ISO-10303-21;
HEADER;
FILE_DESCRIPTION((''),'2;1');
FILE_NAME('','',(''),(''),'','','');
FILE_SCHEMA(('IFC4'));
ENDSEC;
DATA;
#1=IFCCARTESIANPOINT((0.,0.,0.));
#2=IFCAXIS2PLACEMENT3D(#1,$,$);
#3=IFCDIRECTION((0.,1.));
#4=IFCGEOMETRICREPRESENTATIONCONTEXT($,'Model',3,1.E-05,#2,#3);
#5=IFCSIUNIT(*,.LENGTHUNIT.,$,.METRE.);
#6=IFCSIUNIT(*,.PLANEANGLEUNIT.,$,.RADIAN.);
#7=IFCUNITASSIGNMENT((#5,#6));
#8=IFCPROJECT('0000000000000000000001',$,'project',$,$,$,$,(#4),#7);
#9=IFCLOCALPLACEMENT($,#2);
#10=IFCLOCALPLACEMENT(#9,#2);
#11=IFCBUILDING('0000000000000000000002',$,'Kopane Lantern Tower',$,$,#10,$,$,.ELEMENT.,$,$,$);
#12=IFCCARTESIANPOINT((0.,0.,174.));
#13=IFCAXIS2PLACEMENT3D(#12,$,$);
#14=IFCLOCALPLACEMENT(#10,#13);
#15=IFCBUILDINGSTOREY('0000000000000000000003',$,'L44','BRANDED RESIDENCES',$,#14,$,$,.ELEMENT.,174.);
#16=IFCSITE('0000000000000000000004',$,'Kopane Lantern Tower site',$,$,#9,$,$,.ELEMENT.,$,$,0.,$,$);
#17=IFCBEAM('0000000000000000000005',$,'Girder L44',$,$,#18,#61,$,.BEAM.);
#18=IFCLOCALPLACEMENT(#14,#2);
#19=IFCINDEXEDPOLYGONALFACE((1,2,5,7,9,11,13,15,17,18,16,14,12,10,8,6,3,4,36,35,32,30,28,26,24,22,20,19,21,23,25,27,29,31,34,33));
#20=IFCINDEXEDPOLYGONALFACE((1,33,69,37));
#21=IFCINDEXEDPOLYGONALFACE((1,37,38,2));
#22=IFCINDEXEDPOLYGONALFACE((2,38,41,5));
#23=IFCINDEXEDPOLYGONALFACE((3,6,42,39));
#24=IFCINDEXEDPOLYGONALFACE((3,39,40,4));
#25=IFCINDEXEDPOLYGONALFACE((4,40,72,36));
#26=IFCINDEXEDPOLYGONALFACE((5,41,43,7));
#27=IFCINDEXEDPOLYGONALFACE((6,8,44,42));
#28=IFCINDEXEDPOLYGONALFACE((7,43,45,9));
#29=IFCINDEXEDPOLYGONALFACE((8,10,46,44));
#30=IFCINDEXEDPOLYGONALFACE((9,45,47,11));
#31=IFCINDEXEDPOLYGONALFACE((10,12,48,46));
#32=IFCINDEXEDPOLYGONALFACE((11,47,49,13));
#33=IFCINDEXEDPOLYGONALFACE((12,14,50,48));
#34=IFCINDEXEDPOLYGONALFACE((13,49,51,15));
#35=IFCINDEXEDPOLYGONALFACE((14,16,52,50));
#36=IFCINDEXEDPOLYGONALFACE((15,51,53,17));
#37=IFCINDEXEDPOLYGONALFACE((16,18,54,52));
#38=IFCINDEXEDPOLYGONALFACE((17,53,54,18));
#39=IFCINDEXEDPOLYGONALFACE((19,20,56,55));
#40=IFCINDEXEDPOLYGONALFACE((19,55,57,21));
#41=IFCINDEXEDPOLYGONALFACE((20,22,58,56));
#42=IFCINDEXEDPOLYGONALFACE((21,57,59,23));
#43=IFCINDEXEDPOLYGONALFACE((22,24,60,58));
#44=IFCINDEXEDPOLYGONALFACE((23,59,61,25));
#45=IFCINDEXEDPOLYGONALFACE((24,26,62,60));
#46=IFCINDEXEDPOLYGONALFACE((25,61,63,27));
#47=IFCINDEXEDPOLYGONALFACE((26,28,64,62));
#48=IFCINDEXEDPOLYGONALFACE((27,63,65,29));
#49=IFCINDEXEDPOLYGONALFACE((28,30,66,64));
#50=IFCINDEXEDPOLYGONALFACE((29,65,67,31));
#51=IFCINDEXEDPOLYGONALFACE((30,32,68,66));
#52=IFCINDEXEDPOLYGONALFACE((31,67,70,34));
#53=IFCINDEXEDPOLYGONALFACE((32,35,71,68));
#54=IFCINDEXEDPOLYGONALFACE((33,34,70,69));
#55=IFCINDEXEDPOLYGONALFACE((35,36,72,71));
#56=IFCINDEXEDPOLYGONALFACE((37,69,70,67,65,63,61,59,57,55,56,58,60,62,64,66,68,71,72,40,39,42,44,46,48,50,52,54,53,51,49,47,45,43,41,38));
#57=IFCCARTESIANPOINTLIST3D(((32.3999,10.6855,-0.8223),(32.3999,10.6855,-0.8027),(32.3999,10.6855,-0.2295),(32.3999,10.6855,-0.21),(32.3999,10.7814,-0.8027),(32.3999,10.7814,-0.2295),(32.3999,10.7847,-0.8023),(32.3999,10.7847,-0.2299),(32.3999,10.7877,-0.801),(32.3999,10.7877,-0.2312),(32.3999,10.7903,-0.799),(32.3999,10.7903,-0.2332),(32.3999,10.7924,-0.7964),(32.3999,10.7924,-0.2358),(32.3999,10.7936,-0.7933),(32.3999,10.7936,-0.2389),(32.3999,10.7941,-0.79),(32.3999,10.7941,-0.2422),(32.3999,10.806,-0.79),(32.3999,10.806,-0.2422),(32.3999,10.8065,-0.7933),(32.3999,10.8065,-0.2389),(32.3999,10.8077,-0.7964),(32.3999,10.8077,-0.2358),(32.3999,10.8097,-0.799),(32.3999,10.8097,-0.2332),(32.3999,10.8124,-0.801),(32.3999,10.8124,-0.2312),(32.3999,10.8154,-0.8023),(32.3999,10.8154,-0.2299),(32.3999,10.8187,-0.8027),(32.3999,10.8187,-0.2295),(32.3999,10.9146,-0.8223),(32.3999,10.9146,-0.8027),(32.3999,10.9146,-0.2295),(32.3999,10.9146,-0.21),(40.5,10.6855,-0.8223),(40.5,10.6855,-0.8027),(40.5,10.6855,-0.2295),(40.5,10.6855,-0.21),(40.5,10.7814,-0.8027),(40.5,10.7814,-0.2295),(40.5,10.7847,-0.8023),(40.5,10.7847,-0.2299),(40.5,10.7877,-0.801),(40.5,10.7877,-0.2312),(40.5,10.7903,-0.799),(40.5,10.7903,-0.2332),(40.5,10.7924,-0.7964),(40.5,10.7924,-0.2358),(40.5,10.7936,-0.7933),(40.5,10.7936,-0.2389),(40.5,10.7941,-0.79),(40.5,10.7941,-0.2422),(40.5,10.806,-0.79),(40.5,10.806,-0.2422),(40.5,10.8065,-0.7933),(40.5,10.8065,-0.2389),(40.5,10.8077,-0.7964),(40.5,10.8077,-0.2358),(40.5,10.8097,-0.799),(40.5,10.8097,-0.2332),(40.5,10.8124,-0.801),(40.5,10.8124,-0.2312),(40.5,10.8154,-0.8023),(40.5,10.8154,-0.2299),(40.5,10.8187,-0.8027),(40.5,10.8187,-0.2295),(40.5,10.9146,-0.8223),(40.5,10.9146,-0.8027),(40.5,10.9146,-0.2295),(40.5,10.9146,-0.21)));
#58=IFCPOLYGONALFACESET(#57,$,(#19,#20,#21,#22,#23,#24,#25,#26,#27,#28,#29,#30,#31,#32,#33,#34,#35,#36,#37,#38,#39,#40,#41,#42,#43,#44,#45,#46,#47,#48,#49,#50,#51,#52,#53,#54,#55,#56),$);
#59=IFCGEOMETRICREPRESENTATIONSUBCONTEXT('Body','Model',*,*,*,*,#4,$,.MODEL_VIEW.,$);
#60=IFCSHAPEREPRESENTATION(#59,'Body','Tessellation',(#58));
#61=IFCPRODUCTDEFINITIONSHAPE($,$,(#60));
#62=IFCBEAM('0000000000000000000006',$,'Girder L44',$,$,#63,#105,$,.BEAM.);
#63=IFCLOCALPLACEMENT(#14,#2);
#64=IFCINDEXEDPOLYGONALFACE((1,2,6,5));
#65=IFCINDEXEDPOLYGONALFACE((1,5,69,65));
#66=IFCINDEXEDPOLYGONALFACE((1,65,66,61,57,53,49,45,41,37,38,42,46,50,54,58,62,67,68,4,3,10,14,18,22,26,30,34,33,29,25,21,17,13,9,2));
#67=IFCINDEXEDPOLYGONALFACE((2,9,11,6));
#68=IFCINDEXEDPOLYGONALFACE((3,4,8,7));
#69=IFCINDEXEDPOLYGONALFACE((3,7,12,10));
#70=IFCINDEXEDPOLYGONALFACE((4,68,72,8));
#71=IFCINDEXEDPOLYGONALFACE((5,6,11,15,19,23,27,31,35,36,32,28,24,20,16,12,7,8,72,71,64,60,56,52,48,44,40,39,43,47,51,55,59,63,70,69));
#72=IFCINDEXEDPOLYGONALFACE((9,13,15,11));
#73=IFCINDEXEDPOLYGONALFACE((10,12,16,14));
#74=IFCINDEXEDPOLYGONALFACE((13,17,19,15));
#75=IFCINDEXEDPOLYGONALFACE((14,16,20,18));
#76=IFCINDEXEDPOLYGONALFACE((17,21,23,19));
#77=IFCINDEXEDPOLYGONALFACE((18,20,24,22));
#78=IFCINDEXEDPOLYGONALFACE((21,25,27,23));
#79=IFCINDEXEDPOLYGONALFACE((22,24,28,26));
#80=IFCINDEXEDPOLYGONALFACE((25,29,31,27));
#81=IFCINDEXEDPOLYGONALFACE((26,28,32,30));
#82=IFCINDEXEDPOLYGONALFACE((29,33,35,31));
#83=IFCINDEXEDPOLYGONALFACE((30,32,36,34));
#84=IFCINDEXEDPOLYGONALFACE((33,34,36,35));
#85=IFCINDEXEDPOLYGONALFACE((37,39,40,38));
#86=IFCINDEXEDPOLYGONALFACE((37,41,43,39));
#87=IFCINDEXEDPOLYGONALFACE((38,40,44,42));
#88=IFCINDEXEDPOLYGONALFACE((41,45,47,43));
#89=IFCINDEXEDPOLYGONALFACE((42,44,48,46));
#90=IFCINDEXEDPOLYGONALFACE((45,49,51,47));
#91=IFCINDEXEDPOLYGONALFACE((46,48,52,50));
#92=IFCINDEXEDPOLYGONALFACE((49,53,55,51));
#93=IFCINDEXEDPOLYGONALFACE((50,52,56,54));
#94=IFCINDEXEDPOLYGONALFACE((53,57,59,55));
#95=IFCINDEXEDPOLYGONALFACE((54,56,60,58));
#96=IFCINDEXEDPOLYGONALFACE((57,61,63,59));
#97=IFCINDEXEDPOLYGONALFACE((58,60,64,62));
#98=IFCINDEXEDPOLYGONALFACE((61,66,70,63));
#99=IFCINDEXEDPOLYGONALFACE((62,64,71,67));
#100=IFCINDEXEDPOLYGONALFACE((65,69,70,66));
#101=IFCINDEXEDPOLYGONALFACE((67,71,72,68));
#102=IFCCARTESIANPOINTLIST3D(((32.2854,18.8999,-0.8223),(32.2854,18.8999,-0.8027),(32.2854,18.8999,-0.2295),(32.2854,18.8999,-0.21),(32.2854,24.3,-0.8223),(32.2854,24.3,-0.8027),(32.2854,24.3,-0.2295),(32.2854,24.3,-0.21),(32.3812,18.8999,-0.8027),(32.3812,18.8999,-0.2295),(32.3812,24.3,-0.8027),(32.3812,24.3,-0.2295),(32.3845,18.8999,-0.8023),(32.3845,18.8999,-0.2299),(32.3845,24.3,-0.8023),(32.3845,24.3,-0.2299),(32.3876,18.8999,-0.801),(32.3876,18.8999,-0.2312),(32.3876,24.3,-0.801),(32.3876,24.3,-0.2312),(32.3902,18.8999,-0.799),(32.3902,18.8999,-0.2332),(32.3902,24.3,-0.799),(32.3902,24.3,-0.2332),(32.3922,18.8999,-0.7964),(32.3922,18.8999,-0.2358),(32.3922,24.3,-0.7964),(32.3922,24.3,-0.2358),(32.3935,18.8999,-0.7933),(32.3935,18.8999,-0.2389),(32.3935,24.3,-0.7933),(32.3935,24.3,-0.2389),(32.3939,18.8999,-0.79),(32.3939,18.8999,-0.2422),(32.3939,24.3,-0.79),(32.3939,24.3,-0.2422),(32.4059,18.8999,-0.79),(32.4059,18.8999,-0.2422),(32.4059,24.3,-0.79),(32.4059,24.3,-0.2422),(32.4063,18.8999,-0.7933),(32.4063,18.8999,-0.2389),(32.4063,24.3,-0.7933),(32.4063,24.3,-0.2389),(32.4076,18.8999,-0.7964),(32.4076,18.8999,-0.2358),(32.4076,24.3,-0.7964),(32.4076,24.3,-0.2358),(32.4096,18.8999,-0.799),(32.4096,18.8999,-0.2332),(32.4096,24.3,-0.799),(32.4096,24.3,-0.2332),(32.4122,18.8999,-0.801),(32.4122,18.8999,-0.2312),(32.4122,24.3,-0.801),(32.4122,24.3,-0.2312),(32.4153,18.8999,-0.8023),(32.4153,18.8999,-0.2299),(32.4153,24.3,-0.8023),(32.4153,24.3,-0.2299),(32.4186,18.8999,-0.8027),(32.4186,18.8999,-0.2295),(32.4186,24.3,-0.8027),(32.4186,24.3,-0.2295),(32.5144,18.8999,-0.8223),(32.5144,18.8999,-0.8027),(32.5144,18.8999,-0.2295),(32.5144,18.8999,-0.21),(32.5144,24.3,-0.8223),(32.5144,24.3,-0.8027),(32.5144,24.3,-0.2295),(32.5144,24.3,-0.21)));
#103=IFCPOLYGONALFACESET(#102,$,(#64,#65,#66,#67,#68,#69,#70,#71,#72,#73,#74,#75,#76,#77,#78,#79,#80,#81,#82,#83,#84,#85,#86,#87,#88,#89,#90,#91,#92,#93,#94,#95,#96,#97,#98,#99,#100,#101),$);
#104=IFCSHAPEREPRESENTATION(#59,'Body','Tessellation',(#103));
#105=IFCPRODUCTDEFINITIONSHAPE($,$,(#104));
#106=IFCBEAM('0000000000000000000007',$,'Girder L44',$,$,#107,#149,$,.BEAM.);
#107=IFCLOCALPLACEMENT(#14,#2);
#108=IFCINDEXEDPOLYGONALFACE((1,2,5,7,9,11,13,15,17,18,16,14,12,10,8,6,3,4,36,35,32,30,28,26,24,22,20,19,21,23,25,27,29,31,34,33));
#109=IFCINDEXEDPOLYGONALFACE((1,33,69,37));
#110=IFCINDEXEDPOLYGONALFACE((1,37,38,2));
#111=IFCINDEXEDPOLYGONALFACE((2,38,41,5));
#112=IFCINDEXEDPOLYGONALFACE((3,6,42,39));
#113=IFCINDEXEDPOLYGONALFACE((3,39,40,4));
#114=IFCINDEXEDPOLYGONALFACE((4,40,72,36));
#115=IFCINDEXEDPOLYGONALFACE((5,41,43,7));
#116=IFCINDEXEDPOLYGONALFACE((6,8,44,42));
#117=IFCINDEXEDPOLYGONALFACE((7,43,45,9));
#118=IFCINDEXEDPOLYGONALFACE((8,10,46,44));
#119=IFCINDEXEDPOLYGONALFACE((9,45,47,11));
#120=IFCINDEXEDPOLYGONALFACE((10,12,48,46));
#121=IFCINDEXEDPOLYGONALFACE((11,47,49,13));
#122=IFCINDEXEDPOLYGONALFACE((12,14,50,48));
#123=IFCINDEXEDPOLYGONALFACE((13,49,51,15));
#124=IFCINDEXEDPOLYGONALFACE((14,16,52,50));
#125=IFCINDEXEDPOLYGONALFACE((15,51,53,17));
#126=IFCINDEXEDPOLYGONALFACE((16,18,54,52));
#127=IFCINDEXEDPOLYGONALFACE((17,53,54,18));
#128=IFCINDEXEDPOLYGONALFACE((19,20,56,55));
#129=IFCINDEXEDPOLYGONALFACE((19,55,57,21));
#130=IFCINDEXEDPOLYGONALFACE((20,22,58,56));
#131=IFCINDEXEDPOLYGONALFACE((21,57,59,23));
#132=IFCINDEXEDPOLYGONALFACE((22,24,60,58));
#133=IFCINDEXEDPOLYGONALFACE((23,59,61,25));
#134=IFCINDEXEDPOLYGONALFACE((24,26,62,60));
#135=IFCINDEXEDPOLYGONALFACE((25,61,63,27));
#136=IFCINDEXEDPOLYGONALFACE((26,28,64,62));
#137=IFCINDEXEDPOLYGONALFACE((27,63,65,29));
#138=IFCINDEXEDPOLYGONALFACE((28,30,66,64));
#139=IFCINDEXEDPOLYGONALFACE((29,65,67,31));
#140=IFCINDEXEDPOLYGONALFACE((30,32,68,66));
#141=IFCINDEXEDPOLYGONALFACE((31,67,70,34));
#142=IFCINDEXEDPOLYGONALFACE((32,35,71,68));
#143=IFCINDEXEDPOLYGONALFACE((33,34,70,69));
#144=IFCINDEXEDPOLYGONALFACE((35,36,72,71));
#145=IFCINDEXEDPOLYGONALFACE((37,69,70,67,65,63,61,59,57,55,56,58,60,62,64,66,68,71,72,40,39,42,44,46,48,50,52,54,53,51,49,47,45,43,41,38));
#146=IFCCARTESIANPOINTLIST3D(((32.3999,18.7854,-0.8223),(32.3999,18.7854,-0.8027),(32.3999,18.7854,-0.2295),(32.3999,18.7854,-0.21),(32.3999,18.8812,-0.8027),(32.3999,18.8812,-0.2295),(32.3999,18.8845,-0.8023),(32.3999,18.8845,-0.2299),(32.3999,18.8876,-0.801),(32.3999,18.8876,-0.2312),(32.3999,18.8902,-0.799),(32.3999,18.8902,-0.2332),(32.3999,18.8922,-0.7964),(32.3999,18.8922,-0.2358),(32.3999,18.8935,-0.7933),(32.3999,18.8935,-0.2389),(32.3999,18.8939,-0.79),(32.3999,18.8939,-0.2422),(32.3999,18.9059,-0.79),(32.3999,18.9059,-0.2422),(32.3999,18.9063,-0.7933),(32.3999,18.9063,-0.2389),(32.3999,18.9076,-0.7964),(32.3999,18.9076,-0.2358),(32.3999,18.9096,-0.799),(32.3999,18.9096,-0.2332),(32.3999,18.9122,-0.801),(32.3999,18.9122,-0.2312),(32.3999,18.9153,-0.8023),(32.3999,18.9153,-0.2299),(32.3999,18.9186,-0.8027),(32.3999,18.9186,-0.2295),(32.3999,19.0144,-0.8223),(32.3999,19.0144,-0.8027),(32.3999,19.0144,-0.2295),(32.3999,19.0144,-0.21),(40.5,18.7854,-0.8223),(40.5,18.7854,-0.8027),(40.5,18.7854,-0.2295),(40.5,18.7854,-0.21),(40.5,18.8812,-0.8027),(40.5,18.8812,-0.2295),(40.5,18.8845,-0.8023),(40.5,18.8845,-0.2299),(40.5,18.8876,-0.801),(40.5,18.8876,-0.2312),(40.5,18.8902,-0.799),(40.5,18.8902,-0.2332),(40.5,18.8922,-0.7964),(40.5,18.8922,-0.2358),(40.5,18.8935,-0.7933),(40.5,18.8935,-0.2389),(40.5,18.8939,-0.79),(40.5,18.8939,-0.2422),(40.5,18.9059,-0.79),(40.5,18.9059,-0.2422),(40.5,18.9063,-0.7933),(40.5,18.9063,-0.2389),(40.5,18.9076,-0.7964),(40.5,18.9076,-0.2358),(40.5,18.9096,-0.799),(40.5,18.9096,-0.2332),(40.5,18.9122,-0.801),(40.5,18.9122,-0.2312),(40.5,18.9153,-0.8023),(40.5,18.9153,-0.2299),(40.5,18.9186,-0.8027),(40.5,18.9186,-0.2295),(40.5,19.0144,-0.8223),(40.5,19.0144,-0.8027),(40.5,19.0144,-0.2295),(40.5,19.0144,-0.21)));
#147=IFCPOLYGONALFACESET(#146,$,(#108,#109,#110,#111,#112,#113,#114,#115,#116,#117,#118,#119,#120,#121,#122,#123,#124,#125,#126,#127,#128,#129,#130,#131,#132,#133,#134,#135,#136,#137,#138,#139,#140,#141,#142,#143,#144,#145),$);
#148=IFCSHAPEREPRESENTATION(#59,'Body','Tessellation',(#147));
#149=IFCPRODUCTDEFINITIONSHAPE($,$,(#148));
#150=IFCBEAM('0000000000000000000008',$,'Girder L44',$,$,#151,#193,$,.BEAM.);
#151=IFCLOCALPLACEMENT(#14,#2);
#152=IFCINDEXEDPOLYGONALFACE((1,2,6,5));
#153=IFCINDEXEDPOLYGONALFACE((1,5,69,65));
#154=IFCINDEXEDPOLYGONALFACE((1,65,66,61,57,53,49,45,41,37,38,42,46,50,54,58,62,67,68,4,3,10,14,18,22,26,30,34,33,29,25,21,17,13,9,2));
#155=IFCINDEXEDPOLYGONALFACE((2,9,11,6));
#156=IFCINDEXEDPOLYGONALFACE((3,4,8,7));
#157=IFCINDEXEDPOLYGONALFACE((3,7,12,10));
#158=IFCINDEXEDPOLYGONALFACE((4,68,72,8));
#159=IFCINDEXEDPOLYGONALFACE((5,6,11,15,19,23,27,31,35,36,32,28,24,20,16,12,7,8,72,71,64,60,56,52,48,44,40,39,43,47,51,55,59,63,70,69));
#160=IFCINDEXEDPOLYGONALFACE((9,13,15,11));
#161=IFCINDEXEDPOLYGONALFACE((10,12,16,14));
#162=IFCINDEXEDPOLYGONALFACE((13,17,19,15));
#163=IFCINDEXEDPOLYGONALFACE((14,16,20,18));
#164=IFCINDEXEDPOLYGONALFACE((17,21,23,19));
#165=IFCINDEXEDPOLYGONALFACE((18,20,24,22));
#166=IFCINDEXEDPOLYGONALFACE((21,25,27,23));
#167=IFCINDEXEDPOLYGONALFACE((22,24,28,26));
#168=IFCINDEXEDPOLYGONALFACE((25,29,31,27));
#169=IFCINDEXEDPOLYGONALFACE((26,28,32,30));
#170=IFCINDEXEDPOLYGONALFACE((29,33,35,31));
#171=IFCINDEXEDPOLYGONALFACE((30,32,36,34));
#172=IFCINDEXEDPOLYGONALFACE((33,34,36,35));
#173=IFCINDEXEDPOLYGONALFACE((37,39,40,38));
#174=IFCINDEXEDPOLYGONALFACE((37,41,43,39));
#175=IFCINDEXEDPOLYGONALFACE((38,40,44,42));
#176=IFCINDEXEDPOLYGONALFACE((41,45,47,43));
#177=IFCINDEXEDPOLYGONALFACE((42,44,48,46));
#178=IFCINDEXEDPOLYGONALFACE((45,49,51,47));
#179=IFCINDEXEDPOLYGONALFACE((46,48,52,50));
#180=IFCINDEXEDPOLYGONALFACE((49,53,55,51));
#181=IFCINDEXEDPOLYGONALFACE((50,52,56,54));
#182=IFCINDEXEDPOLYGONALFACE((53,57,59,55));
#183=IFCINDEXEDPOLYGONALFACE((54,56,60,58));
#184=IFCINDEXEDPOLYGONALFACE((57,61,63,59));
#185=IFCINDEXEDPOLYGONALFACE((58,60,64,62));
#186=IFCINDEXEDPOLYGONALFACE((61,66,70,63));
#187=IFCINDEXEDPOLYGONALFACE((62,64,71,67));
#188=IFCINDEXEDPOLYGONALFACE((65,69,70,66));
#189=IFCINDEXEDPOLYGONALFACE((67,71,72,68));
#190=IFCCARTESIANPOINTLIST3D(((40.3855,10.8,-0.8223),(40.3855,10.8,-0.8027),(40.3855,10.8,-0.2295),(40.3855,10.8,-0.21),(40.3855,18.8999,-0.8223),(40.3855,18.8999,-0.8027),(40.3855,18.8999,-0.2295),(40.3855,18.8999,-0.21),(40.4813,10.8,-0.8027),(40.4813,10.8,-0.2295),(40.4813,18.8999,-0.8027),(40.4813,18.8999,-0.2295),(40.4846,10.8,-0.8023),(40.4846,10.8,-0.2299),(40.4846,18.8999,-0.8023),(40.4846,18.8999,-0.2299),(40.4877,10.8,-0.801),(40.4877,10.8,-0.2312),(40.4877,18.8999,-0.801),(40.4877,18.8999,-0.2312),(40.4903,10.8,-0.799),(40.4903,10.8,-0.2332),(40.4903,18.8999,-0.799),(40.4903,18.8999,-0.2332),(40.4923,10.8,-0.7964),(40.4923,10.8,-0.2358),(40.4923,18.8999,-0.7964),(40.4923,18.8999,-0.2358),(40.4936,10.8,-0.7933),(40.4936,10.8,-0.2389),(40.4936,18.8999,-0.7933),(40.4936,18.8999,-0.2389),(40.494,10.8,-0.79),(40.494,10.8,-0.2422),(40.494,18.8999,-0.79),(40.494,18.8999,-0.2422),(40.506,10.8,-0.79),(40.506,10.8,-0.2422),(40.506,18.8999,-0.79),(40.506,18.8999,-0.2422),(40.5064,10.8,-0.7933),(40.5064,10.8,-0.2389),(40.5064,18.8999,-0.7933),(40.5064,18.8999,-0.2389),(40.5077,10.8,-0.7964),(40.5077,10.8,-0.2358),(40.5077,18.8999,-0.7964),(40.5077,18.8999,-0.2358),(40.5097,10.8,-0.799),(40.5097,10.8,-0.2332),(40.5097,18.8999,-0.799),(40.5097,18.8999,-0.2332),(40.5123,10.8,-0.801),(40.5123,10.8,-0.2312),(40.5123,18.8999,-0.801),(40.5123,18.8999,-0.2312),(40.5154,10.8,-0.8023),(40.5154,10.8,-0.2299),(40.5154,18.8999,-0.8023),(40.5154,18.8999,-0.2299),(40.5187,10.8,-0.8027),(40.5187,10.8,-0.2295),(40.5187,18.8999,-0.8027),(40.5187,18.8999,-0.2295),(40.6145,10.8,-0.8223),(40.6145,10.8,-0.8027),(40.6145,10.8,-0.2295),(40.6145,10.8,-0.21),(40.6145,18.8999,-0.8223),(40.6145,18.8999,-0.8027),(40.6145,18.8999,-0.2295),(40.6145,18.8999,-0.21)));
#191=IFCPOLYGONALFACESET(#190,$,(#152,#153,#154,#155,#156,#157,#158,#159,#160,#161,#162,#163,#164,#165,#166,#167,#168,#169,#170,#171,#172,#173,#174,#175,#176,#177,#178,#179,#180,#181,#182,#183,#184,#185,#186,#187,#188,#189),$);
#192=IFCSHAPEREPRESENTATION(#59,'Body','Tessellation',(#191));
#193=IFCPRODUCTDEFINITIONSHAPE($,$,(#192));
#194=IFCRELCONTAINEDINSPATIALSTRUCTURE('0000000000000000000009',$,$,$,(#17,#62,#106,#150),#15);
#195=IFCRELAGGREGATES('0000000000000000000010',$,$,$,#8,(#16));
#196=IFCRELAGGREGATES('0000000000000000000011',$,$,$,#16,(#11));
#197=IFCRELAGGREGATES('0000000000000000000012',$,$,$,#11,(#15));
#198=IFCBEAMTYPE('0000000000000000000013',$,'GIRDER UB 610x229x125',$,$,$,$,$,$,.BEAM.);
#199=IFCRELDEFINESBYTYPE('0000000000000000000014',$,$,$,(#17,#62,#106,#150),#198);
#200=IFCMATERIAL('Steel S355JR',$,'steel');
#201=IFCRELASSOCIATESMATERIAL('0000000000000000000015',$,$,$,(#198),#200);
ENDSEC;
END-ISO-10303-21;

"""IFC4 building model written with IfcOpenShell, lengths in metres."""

from ifc_helpers import new_model, si_unit, direction, frame, origin, origin_2d, place, context, subcontext, project, spatial, i_section, extrude, material, material_profile, profile_set, type_object, element, save


model = new_model("IFC4")

# Units and contexts
model_context = context("Model", 3, precision=1e-05, world=origin(), true_north=direction((0.0, 1.0)))
body_context = subcontext(model_context, "Body", "Model", "MODEL_VIEW")
ifc_project = project(units=[si_unit("LENGTHUNIT", "METRE"), si_unit("PLANEANGLEUNIT", "RADIAN")], contexts=[model_context])

# Site, building, storey
site_placement = place(None, origin())
site = spatial("IfcSite", under=ifc_project, at=site_placement, Name="Kopane Lantern Tower site", CompositionType="ELEMENT", RefElevation=0.0)
building_placement = place(site_placement, origin())
building = spatial("IfcBuilding", under=site, at=building_placement, Name="Kopane Lantern Tower", CompositionType="ELEMENT")
storey_placement = place(building_placement, frame((0.0, 0.0, 174.0)))
storey = spatial("IfcBuildingStorey", under=building, at=storey_placement, Name="L44", Description="BRANDED RESIDENCES", CompositionType="ELEMENT", Elevation=174.0)

# Beams
ifc_material_1 = material(Name="Steel S355JR", Category="steel")
ifc_material_profile_1 = material_profile(ifc_material_1, i_section(OverallWidth=0.229, OverallDepth=0.6123, WebThickness=0.012, FlangeThickness=0.0195, FilletRadius=0.0127, at=origin_2d()), Name="UB 610x229x125")
ifc_profile_set_1 = profile_set([ifc_material_profile_1], Name="Steel S355JR")
beam_type = type_object("IfcBeamType", Name="GIRDER UB 610x229x125", PredefinedType="BEAM", material=ifc_profile_set_1)
beam_1_placement = place(storey_placement, frame((32.3999, 10.8, -0.5161), z_axis=(1.0, 0.0, 0.0), x_axis=(0.0, 1.0, 0.0)))
element("IfcBeam", 1, at=beam_1_placement, inside=storey, type_object=beam_type, Name="Girder L44", PredefinedType="BEAM", context=body_context, shape_type="SweptSolid", body=[
    extrude(i_section(OverallWidth=0.229, OverallDepth=0.6123, WebThickness=0.012, FlangeThickness=0.0195, FilletRadius=0.0127, at=origin_2d()), origin(), (0.0, 0.0, 1.0), 8.1001),
])
beam_2_placement = place(storey_placement, frame((32.3999, 18.8999, -0.5161), z_axis=(0.0, 1.0, 0.0), x_axis=(-1.0, 0.0, 0.0)))
element("IfcBeam", 2, at=beam_2_placement, inside=storey, type_object=beam_type, Name="Girder L44", PredefinedType="BEAM", context=body_context, shape_type="SweptSolid", body=[
    extrude(i_section(OverallWidth=0.229, OverallDepth=0.6123, WebThickness=0.012, FlangeThickness=0.0195, FilletRadius=0.0127, at=origin_2d()), origin(), (0.0, 0.0, 1.0), 5.4001),
])
beam_3_placement = place(storey_placement, frame((32.3999, 18.8999, -0.5161), z_axis=(1.0, 0.0, 0.0), x_axis=(0.0, 1.0, 0.0)))
element("IfcBeam", 3, at=beam_3_placement, inside=storey, type_object=beam_type, Name="Girder L44", PredefinedType="BEAM", context=body_context, shape_type="SweptSolid", body=[
    extrude(i_section(OverallWidth=0.229, OverallDepth=0.6123, WebThickness=0.012, FlangeThickness=0.0195, FilletRadius=0.0127, at=origin_2d()), origin(), (0.0, 0.0, 1.0), 8.1001),
])
beam_4_placement = place(storey_placement, frame((40.5, 10.8, -0.5161), z_axis=(0.0, 1.0, 0.0), x_axis=(-1.0, 0.0, 0.0)))
element("IfcBeam", 4, at=beam_4_placement, inside=storey, type_object=beam_type, Name="Girder L44", PredefinedType="BEAM", context=body_context, shape_type="SweptSolid", body=[
    extrude(i_section(OverallWidth=0.229, OverallDepth=0.6123, WebThickness=0.012, FlangeThickness=0.0195, FilletRadius=0.0127, at=origin_2d()), origin(), (0.0, 0.0, 1.0), 8.0999),
])

save(model, "model.ifc")
